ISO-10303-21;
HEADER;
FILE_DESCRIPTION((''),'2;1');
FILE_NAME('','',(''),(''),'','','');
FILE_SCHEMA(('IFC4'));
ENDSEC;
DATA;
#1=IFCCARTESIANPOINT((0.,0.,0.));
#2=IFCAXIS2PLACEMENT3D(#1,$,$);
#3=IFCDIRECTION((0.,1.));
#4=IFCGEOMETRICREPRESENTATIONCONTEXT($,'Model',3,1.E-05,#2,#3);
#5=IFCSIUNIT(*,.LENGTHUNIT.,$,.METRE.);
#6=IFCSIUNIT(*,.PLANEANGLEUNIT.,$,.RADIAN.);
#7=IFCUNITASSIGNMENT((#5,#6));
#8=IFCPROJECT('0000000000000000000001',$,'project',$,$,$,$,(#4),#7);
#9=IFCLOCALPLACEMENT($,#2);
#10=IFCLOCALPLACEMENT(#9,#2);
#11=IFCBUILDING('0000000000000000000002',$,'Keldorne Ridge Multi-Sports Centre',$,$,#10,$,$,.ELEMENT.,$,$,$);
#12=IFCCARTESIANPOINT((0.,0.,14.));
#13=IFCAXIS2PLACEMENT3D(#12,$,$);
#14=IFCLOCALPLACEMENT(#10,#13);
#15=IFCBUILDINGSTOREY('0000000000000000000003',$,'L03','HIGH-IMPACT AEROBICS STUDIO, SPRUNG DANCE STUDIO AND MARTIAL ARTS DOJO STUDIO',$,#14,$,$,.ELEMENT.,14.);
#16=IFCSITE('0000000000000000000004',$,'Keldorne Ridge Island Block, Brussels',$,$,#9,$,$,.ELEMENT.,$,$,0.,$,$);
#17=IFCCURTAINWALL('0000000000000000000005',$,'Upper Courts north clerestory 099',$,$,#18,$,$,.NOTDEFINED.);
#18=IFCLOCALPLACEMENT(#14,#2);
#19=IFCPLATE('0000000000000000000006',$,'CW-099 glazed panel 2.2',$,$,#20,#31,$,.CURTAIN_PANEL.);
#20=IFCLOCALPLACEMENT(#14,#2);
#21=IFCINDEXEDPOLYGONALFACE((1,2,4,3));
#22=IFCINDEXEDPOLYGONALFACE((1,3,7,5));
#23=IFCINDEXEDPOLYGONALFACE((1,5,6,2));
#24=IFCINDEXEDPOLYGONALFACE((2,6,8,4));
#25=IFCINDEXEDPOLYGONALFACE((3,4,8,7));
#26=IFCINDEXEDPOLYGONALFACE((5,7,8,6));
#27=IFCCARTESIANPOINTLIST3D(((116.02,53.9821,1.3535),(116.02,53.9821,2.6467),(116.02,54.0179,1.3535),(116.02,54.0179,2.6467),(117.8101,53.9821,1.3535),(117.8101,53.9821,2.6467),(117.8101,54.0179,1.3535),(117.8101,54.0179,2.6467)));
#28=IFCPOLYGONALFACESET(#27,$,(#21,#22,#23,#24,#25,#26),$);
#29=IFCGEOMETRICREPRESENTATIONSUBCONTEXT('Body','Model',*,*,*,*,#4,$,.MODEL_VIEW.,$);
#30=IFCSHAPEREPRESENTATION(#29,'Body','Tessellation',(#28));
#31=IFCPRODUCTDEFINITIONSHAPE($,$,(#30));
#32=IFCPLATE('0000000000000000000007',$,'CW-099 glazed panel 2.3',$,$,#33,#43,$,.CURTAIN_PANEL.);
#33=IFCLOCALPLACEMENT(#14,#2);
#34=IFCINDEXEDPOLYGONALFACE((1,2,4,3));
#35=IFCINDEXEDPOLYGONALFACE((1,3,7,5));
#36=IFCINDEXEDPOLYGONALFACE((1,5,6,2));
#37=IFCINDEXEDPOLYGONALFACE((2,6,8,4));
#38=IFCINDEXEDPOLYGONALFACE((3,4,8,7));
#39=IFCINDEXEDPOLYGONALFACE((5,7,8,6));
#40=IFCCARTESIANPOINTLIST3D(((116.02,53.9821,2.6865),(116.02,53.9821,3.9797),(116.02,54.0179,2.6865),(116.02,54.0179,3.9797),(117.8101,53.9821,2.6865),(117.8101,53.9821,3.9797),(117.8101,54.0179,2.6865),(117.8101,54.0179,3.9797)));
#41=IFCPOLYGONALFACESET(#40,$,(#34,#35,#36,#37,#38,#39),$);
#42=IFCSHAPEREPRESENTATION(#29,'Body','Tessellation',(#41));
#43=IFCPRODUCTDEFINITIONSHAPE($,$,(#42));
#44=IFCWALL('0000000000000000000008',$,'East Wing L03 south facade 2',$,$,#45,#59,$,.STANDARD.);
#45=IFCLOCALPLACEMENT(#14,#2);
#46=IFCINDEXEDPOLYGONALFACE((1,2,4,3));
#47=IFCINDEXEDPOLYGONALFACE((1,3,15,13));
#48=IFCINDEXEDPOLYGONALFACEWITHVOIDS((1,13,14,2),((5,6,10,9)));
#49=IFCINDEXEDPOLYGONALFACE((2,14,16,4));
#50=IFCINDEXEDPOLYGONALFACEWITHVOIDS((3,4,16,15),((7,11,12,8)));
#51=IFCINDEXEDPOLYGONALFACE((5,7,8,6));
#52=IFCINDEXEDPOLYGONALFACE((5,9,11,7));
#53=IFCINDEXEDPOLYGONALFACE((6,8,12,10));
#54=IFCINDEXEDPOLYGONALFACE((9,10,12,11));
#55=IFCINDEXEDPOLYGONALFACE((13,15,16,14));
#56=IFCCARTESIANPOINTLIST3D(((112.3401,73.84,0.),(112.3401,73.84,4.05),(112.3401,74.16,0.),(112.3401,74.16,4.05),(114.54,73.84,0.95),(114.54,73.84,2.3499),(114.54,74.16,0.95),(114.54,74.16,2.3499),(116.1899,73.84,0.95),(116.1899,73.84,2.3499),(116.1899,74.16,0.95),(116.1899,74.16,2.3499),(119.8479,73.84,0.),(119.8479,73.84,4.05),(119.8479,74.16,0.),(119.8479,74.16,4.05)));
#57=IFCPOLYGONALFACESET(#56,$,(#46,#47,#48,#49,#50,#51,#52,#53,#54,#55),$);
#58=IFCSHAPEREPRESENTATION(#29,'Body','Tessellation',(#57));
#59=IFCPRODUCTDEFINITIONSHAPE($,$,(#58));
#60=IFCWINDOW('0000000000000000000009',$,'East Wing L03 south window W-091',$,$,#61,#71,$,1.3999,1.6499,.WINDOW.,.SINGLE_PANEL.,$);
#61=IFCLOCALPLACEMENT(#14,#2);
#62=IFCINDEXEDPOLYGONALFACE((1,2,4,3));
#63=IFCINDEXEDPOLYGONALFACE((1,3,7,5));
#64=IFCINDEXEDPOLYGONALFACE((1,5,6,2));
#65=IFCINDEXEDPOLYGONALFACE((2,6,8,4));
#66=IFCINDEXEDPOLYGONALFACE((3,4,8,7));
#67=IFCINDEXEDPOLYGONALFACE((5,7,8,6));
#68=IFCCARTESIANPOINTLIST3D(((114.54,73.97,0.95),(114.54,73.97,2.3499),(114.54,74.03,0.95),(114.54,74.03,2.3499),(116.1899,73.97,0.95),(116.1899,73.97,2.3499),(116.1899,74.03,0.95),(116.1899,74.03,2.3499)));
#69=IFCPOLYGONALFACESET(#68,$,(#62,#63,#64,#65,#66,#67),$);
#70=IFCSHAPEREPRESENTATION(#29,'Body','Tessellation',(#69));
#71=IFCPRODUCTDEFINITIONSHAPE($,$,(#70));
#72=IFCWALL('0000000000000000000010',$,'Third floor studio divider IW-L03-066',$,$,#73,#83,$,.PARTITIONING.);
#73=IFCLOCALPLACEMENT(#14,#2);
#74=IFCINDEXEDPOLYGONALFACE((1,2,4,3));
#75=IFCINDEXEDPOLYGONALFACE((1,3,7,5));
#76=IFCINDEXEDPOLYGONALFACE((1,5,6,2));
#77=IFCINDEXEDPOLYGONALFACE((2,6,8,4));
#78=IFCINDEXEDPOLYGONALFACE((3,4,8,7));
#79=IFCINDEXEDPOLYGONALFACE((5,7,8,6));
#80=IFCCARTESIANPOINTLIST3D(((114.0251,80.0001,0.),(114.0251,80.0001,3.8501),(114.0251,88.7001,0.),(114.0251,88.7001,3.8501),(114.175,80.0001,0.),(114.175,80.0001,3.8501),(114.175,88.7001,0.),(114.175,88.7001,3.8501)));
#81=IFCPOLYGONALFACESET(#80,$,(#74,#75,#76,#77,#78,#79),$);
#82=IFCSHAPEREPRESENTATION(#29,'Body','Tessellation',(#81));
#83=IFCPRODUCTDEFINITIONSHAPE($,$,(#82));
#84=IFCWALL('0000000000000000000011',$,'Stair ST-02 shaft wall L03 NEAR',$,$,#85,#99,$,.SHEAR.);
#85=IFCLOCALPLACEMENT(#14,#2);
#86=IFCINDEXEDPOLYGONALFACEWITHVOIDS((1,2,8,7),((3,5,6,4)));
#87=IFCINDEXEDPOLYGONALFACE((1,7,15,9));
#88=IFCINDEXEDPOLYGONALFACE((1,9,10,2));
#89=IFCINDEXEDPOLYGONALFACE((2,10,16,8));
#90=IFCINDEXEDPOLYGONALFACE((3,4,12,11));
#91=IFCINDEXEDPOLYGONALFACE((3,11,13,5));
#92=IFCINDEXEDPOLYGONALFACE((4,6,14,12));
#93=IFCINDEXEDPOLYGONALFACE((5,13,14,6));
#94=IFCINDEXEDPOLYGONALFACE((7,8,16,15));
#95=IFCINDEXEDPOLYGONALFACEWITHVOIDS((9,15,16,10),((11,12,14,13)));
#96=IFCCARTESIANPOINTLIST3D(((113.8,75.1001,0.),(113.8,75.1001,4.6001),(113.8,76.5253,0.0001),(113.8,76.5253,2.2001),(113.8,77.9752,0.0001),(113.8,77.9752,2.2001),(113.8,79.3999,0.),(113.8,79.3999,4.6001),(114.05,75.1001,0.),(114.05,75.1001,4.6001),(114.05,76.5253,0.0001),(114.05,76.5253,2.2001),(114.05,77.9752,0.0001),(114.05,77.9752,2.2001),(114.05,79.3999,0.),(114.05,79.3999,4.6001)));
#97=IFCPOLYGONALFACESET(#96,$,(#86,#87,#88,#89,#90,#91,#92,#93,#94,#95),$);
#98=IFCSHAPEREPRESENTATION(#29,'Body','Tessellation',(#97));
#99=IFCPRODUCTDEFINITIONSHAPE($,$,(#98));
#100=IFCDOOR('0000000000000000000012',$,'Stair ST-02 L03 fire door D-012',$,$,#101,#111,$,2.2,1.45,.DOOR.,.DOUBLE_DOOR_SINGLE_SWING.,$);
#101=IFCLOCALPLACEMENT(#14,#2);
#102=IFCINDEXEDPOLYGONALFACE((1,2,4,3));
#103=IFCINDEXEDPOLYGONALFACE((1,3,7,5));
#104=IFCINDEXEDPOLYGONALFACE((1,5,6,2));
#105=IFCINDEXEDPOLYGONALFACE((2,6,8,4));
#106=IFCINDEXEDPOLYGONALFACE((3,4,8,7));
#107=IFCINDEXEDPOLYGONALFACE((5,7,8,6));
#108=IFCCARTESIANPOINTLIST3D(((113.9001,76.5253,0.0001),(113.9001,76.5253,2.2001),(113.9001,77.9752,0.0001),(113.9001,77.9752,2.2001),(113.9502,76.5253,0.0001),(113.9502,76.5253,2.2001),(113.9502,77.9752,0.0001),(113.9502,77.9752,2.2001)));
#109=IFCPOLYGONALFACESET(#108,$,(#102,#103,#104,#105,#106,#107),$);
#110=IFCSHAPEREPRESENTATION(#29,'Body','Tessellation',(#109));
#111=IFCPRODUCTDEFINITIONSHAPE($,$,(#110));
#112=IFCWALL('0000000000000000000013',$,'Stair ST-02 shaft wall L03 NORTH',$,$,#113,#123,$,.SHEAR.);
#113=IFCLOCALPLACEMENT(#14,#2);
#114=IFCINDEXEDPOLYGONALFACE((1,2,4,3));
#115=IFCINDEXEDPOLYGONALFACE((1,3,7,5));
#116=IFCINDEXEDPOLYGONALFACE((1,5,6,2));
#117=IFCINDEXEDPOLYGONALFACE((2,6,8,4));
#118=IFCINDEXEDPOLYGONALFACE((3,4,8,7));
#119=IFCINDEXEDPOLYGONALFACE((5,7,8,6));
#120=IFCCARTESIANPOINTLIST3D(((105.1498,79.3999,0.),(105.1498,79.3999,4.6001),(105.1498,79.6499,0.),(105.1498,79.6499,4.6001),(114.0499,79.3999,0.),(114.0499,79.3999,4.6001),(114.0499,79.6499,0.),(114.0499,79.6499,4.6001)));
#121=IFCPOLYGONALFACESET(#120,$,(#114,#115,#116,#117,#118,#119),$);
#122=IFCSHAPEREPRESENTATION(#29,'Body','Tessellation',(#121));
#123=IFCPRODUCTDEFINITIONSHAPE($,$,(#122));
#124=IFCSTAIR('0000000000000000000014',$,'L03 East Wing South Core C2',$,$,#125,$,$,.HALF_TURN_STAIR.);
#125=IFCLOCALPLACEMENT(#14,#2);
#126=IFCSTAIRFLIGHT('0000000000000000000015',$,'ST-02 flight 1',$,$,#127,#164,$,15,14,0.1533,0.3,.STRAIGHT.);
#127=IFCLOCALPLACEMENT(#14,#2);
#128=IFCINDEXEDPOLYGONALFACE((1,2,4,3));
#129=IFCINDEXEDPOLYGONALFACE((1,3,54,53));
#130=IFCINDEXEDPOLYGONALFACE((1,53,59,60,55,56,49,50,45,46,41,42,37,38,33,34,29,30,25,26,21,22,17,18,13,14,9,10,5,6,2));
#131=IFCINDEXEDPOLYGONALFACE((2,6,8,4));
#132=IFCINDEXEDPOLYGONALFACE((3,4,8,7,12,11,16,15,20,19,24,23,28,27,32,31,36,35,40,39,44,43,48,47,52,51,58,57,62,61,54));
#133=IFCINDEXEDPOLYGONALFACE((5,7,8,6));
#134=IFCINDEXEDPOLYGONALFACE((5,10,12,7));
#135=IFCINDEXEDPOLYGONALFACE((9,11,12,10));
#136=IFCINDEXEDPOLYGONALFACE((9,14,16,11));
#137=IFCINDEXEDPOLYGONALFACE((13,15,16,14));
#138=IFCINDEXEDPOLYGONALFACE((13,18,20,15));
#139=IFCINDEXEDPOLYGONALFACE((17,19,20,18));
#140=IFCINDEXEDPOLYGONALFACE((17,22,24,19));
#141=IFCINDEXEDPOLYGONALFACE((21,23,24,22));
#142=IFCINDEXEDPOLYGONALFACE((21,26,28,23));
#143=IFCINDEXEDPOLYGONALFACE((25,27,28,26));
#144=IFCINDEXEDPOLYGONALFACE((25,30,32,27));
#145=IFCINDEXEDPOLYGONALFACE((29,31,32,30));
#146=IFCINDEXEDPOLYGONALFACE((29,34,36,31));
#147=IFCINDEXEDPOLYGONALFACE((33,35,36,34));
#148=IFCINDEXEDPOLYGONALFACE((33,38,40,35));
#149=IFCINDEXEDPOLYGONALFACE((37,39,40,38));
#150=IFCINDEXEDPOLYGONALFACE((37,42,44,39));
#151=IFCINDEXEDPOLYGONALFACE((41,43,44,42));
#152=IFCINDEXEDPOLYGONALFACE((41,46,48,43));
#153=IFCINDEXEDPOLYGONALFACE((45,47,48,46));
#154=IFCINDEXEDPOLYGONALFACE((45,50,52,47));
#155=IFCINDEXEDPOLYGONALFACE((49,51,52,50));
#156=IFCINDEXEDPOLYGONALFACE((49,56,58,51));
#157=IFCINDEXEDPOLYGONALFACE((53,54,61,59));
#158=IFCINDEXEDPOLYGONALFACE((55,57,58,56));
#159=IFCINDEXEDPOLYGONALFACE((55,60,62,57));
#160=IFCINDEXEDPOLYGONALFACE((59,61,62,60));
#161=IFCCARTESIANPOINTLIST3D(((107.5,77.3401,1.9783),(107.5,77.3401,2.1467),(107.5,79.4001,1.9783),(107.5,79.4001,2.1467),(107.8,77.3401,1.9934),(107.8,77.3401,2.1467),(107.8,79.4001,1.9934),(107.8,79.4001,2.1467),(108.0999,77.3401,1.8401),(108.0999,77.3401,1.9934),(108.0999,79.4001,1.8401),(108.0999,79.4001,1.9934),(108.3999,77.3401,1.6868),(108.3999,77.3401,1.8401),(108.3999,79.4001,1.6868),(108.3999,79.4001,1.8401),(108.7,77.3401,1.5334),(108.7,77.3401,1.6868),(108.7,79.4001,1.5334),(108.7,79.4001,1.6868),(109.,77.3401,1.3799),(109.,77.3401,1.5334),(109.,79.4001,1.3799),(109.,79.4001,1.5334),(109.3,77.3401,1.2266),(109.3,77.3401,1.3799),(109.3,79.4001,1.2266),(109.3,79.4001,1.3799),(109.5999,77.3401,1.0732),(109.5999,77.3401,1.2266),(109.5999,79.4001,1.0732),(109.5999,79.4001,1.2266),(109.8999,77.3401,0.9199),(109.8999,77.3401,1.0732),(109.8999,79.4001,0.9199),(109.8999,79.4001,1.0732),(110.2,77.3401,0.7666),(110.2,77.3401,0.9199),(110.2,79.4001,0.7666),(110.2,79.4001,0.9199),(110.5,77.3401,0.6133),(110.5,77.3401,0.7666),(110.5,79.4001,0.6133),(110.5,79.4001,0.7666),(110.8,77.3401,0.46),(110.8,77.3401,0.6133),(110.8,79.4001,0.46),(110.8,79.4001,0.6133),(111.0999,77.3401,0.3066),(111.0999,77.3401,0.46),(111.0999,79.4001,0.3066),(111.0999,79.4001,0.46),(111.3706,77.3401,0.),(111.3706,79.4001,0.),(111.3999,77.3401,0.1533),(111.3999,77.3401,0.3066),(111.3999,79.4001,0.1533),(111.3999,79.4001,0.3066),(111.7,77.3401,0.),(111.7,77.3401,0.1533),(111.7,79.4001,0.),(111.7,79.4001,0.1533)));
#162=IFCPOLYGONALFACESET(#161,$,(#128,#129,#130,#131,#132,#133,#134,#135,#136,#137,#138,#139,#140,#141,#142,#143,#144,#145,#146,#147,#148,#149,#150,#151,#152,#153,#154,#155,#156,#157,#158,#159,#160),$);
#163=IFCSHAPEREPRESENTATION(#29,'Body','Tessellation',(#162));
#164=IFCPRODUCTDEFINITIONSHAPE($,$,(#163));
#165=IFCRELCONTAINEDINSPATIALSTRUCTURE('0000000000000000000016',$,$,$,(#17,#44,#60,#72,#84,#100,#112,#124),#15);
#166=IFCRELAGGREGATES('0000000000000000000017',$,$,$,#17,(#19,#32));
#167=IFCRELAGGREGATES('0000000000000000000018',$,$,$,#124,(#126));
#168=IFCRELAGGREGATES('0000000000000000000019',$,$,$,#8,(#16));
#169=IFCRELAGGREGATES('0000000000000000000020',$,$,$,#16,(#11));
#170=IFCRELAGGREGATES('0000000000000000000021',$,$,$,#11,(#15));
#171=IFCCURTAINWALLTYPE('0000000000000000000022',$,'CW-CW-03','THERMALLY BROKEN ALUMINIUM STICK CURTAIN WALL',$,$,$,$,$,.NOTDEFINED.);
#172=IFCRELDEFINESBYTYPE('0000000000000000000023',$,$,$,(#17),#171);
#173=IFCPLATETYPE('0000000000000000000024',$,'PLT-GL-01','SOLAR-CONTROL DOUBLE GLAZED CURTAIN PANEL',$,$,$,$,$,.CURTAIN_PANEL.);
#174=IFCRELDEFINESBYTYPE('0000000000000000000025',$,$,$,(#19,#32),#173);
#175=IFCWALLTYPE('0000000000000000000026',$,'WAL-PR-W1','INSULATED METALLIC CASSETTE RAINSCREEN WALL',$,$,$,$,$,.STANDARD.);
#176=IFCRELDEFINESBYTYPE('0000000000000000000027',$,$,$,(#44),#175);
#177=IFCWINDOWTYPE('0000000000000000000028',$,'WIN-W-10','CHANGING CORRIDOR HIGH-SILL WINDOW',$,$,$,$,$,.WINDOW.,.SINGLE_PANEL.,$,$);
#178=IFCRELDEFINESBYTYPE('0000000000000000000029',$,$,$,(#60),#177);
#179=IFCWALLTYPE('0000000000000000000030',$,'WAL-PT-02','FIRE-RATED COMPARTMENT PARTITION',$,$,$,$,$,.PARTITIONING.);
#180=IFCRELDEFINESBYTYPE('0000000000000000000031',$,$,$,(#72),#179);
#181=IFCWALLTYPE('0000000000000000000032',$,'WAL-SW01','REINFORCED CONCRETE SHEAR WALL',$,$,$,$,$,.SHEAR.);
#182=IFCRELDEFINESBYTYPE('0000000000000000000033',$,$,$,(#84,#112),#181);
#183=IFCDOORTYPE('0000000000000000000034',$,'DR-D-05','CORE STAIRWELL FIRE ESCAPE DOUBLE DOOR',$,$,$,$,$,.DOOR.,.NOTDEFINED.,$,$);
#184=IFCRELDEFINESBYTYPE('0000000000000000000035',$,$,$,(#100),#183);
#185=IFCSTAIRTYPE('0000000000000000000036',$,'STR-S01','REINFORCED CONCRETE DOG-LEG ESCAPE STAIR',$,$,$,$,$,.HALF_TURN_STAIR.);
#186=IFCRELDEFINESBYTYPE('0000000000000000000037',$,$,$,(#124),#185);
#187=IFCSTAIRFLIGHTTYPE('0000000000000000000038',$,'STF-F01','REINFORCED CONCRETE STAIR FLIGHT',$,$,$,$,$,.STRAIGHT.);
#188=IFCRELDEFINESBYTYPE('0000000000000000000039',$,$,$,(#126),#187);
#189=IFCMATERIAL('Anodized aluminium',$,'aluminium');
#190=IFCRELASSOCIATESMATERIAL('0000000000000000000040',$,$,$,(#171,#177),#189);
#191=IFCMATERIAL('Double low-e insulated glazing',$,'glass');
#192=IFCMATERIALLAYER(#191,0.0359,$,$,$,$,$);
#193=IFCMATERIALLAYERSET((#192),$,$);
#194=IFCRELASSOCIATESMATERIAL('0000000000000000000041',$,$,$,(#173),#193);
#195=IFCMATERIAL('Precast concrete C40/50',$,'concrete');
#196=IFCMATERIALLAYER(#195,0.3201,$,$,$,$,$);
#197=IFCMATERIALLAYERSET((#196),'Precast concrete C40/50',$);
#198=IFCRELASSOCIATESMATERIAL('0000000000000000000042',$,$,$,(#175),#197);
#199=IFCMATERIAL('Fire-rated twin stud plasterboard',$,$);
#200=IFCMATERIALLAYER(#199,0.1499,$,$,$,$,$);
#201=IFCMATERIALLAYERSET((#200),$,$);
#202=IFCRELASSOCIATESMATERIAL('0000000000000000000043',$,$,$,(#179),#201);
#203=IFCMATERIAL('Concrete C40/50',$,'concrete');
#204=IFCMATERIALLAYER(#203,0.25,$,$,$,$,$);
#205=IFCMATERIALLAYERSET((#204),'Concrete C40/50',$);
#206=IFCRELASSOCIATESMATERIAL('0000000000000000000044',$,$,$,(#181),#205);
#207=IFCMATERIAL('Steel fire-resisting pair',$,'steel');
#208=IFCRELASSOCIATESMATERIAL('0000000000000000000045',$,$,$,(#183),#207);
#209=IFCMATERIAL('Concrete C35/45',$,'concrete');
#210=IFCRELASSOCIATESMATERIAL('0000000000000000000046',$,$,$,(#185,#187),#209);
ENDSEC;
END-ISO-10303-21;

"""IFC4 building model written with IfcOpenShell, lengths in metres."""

from ifc_helpers import new_model, si_unit, direction, frame, frame_2d, origin, origin_2d, place, context, subcontext, project, spatial, polyline, rectangle, outline, extrude, material, layer, layer_set, type_object, element, fill, aggregate, save


model = new_model("IFC4")

# Units and contexts
model_context = context("Model", 3, precision=1e-05, world=origin(), true_north=direction((0.0, 1.0)))
body_context = subcontext(model_context, "Body", "Model", "MODEL_VIEW")
ifc_project = project(units=[si_unit("LENGTHUNIT", "METRE"), si_unit("PLANEANGLEUNIT", "RADIAN")], contexts=[model_context])

# Site, building, storey
site_placement = place(None, origin())
site = spatial("IfcSite", under=ifc_project, at=site_placement, Name="Keldorne Ridge Island Block, Brussels", CompositionType="ELEMENT", RefElevation=0.0)
building_placement = place(site_placement, origin())
building = spatial("IfcBuilding", under=site, at=building_placement, Name="Keldorne Ridge Multi-Sports Centre", CompositionType="ELEMENT")
storey_placement = place(building_placement, frame((0.0, 0.0, 14.0)))
storey = spatial("IfcBuildingStorey", under=building, at=storey_placement, Name="L03", Description="HIGH-IMPACT AEROBICS STUDIO, SPRUNG DANCE STUDIO AND MARTIAL ARTS DOJO STUDIO", CompositionType="ELEMENT", Elevation=14.0)

# Curtain wall, plates
ifc_material_1 = material(Name="Anodized aluminium", Category="aluminium")
curtain_wall_type = type_object("IfcCurtainWallType", Name="CW-CW-03", Description="THERMALLY BROKEN ALUMINIUM STICK CURTAIN WALL", PredefinedType="NOTDEFINED", material=ifc_material_1)
curtain_wall_placement = place(storey_placement, origin())
curtain_wall = element("IfcCurtainWall", 1, at=curtain_wall_placement, inside=storey, type_object=curtain_wall_type, Name="Upper Courts north clerestory 099", PredefinedType="NOTDEFINED")
ifc_material_2 = material(Name="Double low-e insulated glazing", Category="glass")
ifc_layer_1 = layer(ifc_material_2, 0.0359)
ifc_layer_set_1 = layer_set([ifc_layer_1])
plate_type = type_object("IfcPlateType", Name="PLT-GL-01", Description="SOLAR-CONTROL DOUBLE GLAZED CURTAIN PANEL", PredefinedType="CURTAIN_PANEL", material=ifc_layer_set_1)
plate_1_placement = place(storey_placement, frame((116.915, 54.0, 1.3535), z_axis=(0.0, 0.0, 1.0), x_axis=(-1.0, 0.0, 0.0)))
plate_1 = element("IfcPlate", 2, at=plate_1_placement, type_object=plate_type, Name="CW-099 glazed panel 2.2", PredefinedType="CURTAIN_PANEL", context=body_context, shape_type="SweptSolid", body=[
    extrude(rectangle(XDim=1.79, YDim=0.0359, at=origin_2d()), origin(), (0.0, 0.0, 1.0), 1.2932),
])
plate_2_placement = place(storey_placement, frame((116.915, 54.0, 2.6865), z_axis=(0.0, 0.0, 1.0), x_axis=(-1.0, 0.0, 0.0)))
plate_2 = element("IfcPlate", 3, at=plate_2_placement, type_object=plate_type, Name="CW-099 glazed panel 2.3", PredefinedType="CURTAIN_PANEL", context=body_context, shape_type="SweptSolid", body=[
    extrude(rectangle(XDim=1.79, YDim=0.0359, at=origin_2d()), origin(), (0.0, 0.0, 1.0), 1.2932),
])
aggregate(curtain_wall, [plate_1, plate_2])

# Wall, opening, window
ifc_material_3 = material(Name="Precast concrete C40/50", Category="concrete")
ifc_layer_2 = layer(ifc_material_3, 0.3201)
ifc_layer_set_2 = layer_set([ifc_layer_2], Name="Precast concrete C40/50")
wall_type_1 = type_object("IfcWallType", Name="WAL-PR-W1", Description="INSULATED METALLIC CASSETTE RAINSCREEN WALL", PredefinedType="STANDARD", material=ifc_layer_set_2)
wall_1_placement = place(storey_placement, frame((112.3401, 74.0, 0.0), z_axis=(0.0, 0.0, 1.0), x_axis=(1.0, 0.0, 0.0)))
wall_1 = element("IfcWall", 4, at=wall_1_placement, inside=storey, type_object=wall_type_1, Name="East Wing L03 south facade 2", PredefinedType="STANDARD", context=body_context, shape_type="SweptSolid", body=[
    extrude(rectangle(XDim=7.5078, YDim=0.3201, at=frame_2d((3.7539, 0.0))), origin(), (0.0, 0.0, 1.0), 4.05),
])
opening_1_placement = place(wall_1_placement, frame((2.2, 0.0, 0.95)))
opening_1 = element("IfcOpeningElement", 5, at=opening_1_placement, cuts=wall_1, PredefinedType="OPENING", context=body_context, shape_type="SweptSolid", body=[
    extrude(rectangle(XDim=1.6499, YDim=1.3999, at=frame_2d((0.825, 0.7))), frame((0.0, 0.1699, 0.0), z_axis=(0.0, -1.0, 0.0), x_axis=(1.0, 0.0, 0.0)), (0.0, 0.0, 1.0), 0.3401),
])
window_type = type_object("IfcWindowType", Name="WIN-W-10", Description="CHANGING CORRIDOR HIGH-SILL WINDOW", PartitioningType="SINGLE_PANEL", PredefinedType="WINDOW", material=ifc_material_1)
window_placement = place(opening_1_placement, origin())
window = element("IfcWindow", 6, at=window_placement, inside=storey, type_object=window_type, Name="East Wing L03 south window W-091", OverallHeight=1.3999, OverallWidth=1.6499, PartitioningType="SINGLE_PANEL", PredefinedType="WINDOW", context=body_context, shape_type="SweptSolid", body=[
    extrude(rectangle(XDim=1.6499, YDim=1.3999, at=frame_2d((0.825, 0.7))), frame((0.0, 0.03, 0.0), z_axis=(0.0, -1.0, 0.0), x_axis=(1.0, 0.0, 0.0)), (0.0, 0.0, 1.0), 0.0601),
])
fill(opening_1, window)

# Wall
ifc_material_4 = material(Name="Fire-rated twin stud plasterboard")
ifc_layer_3 = layer(ifc_material_4, 0.1499)
ifc_layer_set_3 = layer_set([ifc_layer_3])
wall_type_2 = type_object("IfcWallType", Name="WAL-PT-02", Description="FIRE-RATED COMPARTMENT PARTITION", PredefinedType="PARTITIONING", material=ifc_layer_set_3)
wall_2_placement = place(storey_placement, frame((114.1001, 80.0, 0.0), z_axis=(0.0, 0.0, 1.0), x_axis=(0.0, 1.0, 0.0)))
element("IfcWall", 7, at=wall_2_placement, inside=storey, type_object=wall_type_2, Name="Third floor studio divider IW-L03-066", PredefinedType="PARTITIONING", context=body_context, shape_type="SweptSolid", body=[
    extrude(rectangle(XDim=8.7, YDim=0.1499, at=frame_2d((4.3501, 0.0))), origin(), (0.0, 0.0, 1.0), 3.8501),
])

# Wall, opening, door
ifc_material_5 = material(Name="Concrete C40/50", Category="concrete")
ifc_layer_4 = layer(ifc_material_5, 0.25)
ifc_layer_set_4 = layer_set([ifc_layer_4], Name="Concrete C40/50")
wall_type_3 = type_object("IfcWallType", Name="WAL-SW01", Description="REINFORCED CONCRETE SHEAR WALL", PredefinedType="SHEAR", material=ifc_layer_set_4)
wall_3_placement = place(storey_placement, frame((113.925, 75.1001, 0.0), z_axis=(0.0, 0.0, 1.0), x_axis=(0.0, 1.0, 0.0)))
wall_3 = element("IfcWall", 8, at=wall_3_placement, inside=storey, type_object=wall_type_3, Name="Stair ST-02 shaft wall L03 NEAR", PredefinedType="SHEAR", context=body_context, shape_type="SweptSolid", body=[
    extrude(rectangle(XDim=4.2998, YDim=0.25, at=frame_2d((2.1499, 0.0))), origin(), (0.0, 0.0, 1.0), 4.6001),
])
opening_2_placement = place(wall_3_placement, frame((1.425, 0.0, 0.0)))
opening_2 = element("IfcOpeningElement", 9, at=opening_2_placement, cuts=wall_3, PredefinedType="OPENING", context=body_context, shape_type="SweptSolid", body=[
    extrude(rectangle(XDim=1.45, YDim=2.2, at=frame_2d((0.7251, 1.1001))), frame((0.0, 0.135, 0.0), z_axis=(0.0, -1.0, 0.0), x_axis=(1.0, 0.0, 0.0)), (0.0, 0.0, 1.0), 0.27),
])
ifc_material_6 = material(Name="Steel fire-resisting pair", Category="steel")
door_type = type_object("IfcDoorType", Name="DR-D-05", Description="CORE STAIRWELL FIRE ESCAPE DOUBLE DOOR", OperationType="NOTDEFINED", PredefinedType="DOOR", material=ifc_material_6)
door_placement = place(opening_2_placement, origin())
door = element("IfcDoor", 10, at=door_placement, inside=storey, type_object=door_type, Name="Stair ST-02 L03 fire door D-012", OperationType="DOUBLE_DOOR_SINGLE_SWING", OverallHeight=2.2, OverallWidth=1.45, PredefinedType="DOOR", context=body_context, shape_type="SweptSolid", body=[
    extrude(rectangle(XDim=1.45, YDim=2.2, at=frame_2d((0.7251, 1.1001))), frame((0.0, 0.0249, 0.0), z_axis=(0.0, -1.0, 0.0), x_axis=(1.0, 0.0, 0.0)), (0.0, 0.0, 1.0), 0.05),
])
fill(opening_2, door)

# Wall
wall_4_placement = place(storey_placement, frame((114.05, 79.5249, 0.0), z_axis=(0.0, 0.0, 1.0), x_axis=(-1.0, 0.0, 0.0)))
element("IfcWall", 11, at=wall_4_placement, inside=storey, type_object=wall_type_3, Name="Stair ST-02 shaft wall L03 NORTH", PredefinedType="SHEAR", context=body_context, shape_type="SweptSolid", body=[
    extrude(rectangle(XDim=8.9001, YDim=0.25, at=frame_2d((4.4502, 0.0))), origin(), (0.0, 0.0, 1.0), 4.6001),
])

# Stair, stair flight
ifc_material_7 = material(Name="Concrete C35/45", Category="concrete")
stair_type = type_object("IfcStairType", Name="STR-S01", Description="REINFORCED CONCRETE DOG-LEG ESCAPE STAIR", PredefinedType="HALF_TURN_STAIR", material=ifc_material_7)
stair_placement = place(storey_placement, origin())
stair = element("IfcStair", 12, at=stair_placement, inside=storey, type_object=stair_type, Name="L03 East Wing South Core C2", PredefinedType="HALF_TURN_STAIR")
stair_flight_type = type_object("IfcStairFlightType", Name="STF-F01", Description="REINFORCED CONCRETE STAIR FLIGHT", PredefinedType="STRAIGHT", material=ifc_material_7)
stair_flight_placement = place(storey_placement, frame((111.7, 78.3701, 0.0), z_axis=(0.0, 0.0, 1.0), x_axis=(-1.0, 0.0, 0.0)))
stair_flight = element("IfcStairFlight", 13, at=stair_flight_placement, type_object=stair_flight_type, Name="ST-02 flight 1", NumberOfRisers=15, NumberOfTreads=14, PredefinedType="STRAIGHT", RiserHeight=0.1533, TreadLength=0.3, context=body_context, shape_type="SweptSolid", body=[
    extrude(outline(polyline([(0.0, 0.0), (0.0, 0.1533), (0.3, 0.1533), (0.3, 0.3066), (0.6001, 0.3066), (0.6001, 0.46), (0.8999, 0.46), (0.8999, 0.6133), (1.2, 0.6133), (1.2, 0.7666), (1.5, 0.7666), (1.5, 0.9199), (1.8, 0.9199), (1.8, 1.0732), (2.1001, 1.0732), (2.1001, 1.2266), (2.3999, 1.2266), (2.3999, 1.3799), (2.7, 1.3799), (2.7, 1.5334), (3.0, 1.5334), (3.0, 1.6868), (3.3, 1.6868), (3.3, 1.8401), (3.6001, 1.8401), (3.6001, 1.9934), (3.8999, 1.9934), (3.8999, 2.1467), (4.2, 2.1467), (4.2, 2.3), (4.2, 1.9783), (0.3293, 0.0), (0.0, 0.0)])), frame((0.0, 1.03, 0.0), z_axis=(0.0, -1.0, 0.0), x_axis=(1.0, 0.0, 0.0)), (0.0, 0.0, 1.0), 2.0601),
])
aggregate(stair, [stair_flight])

save(model, "model.ifc")
